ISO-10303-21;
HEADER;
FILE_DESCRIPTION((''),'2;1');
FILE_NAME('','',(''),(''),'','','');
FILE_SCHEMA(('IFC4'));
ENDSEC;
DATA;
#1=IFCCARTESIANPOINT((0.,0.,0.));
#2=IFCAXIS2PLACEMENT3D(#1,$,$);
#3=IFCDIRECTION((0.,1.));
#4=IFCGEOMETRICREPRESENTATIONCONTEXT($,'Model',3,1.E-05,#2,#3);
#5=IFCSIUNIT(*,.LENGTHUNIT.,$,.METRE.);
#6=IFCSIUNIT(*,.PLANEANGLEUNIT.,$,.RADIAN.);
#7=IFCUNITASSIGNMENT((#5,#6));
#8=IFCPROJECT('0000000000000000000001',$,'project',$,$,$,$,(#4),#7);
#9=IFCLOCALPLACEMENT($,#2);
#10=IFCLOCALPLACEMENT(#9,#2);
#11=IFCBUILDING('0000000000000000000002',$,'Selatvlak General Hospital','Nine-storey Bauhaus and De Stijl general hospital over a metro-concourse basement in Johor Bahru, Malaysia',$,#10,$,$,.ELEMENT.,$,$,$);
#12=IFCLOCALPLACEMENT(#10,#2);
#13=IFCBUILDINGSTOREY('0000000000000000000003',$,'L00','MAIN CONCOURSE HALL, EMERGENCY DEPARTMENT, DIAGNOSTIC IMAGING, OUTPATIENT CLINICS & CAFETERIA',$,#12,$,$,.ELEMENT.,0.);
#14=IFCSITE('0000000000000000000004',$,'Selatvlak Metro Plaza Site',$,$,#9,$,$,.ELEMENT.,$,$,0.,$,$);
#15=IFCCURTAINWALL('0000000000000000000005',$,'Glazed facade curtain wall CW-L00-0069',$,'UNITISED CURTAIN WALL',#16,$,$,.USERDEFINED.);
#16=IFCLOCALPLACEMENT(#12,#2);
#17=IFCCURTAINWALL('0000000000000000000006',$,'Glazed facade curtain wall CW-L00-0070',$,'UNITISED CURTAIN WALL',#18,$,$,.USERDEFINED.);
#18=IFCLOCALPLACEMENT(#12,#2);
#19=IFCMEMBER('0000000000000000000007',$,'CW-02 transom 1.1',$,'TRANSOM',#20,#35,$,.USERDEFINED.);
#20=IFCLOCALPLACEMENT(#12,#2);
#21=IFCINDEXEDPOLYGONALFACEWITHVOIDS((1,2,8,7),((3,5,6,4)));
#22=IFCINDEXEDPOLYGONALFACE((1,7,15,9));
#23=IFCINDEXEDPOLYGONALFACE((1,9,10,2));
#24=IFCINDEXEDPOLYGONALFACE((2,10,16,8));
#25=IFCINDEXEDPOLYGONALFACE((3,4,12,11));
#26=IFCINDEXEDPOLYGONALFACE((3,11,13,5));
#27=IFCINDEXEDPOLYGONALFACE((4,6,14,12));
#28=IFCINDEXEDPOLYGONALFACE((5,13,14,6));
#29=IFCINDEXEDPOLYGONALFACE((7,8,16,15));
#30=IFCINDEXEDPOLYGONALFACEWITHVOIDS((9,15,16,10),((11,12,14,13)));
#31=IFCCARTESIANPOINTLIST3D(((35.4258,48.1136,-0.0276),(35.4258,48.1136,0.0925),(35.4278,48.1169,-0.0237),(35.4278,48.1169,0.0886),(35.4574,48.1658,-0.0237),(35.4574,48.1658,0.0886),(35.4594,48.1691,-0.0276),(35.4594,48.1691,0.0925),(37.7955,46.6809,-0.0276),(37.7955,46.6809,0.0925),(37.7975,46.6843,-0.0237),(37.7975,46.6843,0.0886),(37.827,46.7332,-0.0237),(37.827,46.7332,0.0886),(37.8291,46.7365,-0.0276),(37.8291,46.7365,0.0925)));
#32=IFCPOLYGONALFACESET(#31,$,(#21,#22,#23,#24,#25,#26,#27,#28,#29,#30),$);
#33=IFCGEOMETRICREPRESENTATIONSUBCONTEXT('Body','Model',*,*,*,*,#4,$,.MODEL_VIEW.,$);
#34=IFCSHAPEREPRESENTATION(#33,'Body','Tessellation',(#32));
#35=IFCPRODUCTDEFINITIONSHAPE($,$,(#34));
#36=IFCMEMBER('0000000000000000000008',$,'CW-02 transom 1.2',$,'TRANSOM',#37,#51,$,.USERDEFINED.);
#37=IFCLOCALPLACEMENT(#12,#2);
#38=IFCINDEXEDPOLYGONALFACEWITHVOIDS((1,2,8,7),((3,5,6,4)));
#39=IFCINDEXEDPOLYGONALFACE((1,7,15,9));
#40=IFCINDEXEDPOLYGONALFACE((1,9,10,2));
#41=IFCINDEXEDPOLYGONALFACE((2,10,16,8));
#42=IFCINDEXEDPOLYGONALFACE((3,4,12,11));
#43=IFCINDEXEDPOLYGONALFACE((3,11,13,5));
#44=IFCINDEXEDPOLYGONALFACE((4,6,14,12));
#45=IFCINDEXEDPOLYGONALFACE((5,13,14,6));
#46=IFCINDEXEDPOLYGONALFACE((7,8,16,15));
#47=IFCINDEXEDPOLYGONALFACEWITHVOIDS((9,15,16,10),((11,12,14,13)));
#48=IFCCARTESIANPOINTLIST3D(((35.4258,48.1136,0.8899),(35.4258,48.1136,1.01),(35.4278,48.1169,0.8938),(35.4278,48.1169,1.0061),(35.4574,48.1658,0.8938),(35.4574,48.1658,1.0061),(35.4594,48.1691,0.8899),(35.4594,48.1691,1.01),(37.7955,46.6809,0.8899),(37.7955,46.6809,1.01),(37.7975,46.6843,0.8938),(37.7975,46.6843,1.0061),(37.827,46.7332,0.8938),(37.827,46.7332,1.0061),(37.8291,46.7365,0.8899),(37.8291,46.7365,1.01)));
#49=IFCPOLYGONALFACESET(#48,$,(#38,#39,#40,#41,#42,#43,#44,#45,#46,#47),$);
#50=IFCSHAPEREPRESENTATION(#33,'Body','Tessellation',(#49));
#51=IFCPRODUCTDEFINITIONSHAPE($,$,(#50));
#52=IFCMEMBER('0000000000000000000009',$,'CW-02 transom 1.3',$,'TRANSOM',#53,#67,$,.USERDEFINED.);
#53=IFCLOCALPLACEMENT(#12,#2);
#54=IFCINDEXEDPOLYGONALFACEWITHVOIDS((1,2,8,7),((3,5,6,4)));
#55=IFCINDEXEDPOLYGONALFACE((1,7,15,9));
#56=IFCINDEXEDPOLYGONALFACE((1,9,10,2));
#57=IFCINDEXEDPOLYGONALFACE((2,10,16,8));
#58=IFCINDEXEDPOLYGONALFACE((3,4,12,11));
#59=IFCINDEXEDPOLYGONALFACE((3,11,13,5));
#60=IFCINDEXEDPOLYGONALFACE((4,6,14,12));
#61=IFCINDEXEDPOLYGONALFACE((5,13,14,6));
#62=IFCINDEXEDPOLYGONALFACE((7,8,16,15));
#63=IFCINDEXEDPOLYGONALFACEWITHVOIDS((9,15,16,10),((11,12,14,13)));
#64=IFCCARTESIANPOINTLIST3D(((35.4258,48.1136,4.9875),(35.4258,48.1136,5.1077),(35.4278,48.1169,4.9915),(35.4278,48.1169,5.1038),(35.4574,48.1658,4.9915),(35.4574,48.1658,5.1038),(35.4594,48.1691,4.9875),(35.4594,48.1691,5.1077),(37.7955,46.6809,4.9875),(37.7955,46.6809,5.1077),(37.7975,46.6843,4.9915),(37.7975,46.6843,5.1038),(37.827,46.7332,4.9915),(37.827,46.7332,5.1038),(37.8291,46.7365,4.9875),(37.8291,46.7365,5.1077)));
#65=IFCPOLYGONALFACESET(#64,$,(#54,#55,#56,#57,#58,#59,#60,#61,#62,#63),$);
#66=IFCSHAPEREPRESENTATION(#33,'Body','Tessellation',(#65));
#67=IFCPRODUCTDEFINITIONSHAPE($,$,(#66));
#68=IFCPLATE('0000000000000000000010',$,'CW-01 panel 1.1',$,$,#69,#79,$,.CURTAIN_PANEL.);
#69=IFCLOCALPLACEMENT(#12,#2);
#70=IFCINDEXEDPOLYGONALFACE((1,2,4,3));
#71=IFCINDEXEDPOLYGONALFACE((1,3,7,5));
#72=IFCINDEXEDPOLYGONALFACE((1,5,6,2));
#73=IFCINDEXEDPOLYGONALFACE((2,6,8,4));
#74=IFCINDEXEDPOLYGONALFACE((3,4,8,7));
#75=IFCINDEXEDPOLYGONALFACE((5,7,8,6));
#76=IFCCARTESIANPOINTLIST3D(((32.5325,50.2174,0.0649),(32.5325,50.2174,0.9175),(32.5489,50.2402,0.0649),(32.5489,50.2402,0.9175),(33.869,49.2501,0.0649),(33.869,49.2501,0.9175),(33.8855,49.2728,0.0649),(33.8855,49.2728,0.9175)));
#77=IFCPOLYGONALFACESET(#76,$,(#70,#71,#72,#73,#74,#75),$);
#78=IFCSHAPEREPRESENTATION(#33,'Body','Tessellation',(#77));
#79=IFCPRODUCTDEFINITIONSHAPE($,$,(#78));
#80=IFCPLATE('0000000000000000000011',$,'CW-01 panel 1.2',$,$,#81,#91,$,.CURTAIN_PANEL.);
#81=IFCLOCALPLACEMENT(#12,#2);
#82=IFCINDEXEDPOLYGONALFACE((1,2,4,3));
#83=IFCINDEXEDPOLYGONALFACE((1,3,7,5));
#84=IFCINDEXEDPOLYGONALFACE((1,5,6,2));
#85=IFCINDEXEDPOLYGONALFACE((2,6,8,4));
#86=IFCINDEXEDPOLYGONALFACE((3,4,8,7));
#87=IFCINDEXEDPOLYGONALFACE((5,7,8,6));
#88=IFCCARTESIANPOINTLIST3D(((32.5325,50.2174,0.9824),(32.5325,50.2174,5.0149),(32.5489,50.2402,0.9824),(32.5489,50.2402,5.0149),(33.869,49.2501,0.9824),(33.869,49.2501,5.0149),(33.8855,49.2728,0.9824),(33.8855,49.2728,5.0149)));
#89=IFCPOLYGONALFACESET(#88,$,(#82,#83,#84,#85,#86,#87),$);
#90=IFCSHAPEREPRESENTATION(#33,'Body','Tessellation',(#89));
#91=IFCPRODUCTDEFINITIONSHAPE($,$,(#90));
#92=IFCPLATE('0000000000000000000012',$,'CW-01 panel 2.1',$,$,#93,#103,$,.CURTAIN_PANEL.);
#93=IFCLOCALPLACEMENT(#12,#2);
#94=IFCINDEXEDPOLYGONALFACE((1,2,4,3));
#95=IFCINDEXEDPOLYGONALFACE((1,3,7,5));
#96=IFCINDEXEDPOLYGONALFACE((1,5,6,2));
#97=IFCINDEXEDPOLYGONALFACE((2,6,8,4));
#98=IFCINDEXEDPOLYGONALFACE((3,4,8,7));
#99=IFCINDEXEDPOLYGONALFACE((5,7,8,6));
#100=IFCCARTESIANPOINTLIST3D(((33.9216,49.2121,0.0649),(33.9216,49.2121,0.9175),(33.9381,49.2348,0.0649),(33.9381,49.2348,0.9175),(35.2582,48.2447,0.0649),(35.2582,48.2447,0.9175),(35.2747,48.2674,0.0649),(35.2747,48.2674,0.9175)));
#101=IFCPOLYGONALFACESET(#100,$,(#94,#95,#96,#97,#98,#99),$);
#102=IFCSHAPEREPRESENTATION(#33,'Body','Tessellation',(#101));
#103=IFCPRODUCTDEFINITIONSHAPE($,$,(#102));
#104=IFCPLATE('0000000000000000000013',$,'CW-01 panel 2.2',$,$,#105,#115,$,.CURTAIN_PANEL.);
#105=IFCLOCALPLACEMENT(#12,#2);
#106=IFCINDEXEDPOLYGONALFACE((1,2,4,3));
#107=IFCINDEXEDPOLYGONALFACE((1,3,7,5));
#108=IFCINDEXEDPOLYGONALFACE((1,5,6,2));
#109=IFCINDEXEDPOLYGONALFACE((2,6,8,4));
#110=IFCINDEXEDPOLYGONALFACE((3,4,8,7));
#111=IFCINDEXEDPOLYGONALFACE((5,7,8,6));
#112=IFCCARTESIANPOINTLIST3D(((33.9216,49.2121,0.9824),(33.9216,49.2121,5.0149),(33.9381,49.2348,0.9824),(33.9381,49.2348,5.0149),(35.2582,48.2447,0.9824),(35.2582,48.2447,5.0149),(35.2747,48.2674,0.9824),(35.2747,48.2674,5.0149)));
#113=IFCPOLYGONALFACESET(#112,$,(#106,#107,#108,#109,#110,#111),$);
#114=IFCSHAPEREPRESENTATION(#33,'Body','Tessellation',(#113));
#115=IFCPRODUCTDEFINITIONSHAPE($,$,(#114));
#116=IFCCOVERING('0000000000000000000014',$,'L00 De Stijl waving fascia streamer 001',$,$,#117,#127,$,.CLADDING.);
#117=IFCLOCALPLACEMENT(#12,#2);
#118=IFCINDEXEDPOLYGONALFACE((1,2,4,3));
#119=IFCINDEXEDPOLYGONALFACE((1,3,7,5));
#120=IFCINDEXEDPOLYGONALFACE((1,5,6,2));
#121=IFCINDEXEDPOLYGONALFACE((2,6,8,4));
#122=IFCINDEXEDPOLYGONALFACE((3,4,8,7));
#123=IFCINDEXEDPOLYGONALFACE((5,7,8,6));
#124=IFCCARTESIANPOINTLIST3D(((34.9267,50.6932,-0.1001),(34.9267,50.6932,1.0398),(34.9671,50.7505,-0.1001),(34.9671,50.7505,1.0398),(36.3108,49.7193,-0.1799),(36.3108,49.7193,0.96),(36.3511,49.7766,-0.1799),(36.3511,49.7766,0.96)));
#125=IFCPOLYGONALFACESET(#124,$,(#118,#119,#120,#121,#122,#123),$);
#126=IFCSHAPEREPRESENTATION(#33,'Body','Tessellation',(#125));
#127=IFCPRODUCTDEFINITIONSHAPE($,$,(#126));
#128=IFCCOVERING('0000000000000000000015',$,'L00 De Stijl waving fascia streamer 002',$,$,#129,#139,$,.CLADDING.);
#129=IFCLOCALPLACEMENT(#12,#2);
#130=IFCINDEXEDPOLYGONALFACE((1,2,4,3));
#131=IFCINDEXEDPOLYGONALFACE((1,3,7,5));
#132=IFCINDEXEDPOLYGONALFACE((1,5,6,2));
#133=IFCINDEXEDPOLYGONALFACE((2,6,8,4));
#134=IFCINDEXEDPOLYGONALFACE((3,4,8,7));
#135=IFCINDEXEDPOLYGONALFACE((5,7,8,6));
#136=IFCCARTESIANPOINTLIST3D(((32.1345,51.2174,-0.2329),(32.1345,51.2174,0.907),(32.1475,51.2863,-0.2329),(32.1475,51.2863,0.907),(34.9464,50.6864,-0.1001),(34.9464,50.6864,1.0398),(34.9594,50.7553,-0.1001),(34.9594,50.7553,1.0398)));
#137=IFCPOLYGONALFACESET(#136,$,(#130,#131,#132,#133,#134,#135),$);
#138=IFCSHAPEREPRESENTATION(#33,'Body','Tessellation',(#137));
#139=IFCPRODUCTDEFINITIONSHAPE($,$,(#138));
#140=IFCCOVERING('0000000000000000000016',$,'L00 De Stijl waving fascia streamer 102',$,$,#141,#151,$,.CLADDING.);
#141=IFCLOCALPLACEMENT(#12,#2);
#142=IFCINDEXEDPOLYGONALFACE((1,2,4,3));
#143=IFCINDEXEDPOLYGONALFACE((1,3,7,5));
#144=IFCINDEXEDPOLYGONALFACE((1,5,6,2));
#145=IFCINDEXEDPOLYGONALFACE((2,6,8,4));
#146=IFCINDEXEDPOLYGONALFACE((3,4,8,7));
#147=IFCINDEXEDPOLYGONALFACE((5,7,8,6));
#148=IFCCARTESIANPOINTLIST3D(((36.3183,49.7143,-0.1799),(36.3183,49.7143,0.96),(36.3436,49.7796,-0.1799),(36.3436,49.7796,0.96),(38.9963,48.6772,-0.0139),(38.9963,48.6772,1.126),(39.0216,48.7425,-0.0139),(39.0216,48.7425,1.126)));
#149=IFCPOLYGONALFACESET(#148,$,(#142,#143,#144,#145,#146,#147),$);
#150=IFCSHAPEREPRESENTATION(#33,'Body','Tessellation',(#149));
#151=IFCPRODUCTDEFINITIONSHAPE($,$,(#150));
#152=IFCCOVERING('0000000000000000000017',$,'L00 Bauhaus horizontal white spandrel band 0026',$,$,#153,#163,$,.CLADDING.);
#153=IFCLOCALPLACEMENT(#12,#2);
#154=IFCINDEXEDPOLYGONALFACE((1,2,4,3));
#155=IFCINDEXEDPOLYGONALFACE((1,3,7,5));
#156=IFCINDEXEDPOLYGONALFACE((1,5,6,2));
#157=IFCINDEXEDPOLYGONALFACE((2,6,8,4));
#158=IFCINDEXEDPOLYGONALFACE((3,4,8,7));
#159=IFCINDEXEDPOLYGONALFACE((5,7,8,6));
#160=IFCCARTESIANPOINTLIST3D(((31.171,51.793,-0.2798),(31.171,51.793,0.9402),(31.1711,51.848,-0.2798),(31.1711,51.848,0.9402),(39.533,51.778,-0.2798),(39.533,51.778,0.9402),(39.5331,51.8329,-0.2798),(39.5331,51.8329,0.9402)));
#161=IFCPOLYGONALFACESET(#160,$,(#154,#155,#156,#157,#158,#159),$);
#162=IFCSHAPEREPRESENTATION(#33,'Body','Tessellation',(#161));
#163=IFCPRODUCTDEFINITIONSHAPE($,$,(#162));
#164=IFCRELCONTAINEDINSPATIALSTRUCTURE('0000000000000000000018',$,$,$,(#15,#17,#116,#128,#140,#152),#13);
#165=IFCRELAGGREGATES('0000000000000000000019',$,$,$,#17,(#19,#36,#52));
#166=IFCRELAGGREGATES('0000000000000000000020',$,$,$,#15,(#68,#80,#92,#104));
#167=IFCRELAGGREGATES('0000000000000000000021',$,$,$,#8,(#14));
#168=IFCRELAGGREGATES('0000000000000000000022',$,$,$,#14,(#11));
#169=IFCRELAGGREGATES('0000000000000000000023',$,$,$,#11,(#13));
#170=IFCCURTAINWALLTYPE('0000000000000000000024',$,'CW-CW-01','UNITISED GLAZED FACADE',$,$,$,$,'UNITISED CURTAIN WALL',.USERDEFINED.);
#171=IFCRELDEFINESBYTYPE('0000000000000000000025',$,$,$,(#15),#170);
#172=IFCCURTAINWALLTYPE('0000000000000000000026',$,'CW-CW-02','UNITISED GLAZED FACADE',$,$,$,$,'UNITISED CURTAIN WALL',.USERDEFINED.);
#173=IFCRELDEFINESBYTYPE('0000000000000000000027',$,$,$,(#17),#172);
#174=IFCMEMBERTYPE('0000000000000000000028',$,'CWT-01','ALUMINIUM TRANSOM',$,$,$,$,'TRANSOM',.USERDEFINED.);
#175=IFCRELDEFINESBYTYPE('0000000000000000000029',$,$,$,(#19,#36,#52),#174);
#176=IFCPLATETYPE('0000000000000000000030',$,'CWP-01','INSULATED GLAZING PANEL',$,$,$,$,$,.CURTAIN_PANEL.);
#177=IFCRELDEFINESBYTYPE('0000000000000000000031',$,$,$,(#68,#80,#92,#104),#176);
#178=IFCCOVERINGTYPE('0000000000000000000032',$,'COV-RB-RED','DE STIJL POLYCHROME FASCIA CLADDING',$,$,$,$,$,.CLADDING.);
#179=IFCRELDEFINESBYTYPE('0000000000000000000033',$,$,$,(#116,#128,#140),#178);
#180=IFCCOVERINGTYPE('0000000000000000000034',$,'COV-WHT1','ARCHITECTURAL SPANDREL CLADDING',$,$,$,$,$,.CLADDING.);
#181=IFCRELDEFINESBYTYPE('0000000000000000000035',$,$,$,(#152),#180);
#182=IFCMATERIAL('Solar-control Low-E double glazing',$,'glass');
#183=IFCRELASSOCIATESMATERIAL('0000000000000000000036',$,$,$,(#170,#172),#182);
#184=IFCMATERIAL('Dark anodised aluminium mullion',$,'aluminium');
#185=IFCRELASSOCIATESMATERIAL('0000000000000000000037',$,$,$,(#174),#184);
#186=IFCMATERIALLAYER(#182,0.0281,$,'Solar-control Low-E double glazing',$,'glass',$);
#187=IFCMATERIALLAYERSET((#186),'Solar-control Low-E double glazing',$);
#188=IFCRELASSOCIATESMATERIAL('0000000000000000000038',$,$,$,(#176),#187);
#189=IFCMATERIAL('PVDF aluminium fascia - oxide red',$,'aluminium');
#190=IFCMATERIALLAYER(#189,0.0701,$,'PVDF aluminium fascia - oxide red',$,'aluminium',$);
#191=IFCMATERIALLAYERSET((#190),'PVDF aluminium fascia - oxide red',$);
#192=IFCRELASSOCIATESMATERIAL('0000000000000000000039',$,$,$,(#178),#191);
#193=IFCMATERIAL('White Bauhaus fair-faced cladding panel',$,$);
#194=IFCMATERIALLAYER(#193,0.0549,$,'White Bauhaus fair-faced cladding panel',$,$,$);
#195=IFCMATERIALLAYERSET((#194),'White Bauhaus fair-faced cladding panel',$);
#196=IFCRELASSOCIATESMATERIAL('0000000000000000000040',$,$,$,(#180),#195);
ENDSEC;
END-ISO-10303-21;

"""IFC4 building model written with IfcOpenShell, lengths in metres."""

from ifc_helpers import new_model, si_unit, direction, frame, origin, origin_2d, place, context, subcontext, project, spatial, polyline, rectangle, hollow_rectangle, outline, extrude, material, layer, layer_set, material_profile, profile_set, type_object, element, aggregate, save


model = new_model("IFC4")

# Units and contexts
model_context = context("Model", 3, precision=1e-05, world=origin(), true_north=direction((0.0, 1.0)))
body_context = subcontext(model_context, "Body", "Model", "MODEL_VIEW")
ifc_project = project(units=[si_unit("LENGTHUNIT", "METRE"), si_unit("PLANEANGLEUNIT", "RADIAN")], contexts=[model_context])

# Site, building, storey
site_placement = place(None, origin())
site = spatial("IfcSite", under=ifc_project, at=site_placement, Name="Selatvlak Metro Plaza Site", CompositionType="ELEMENT", RefElevation=0.0)
building_placement = place(site_placement, origin())
building = spatial("IfcBuilding", under=site, at=building_placement, Name="Selatvlak General Hospital", Description="Nine-storey Bauhaus and De Stijl general hospital over a metro-concourse basement in Johor Bahru, Malaysia", CompositionType="ELEMENT")
storey_placement = place(building_placement, origin())
storey = spatial("IfcBuildingStorey", under=building, at=storey_placement, Name="L00", Description="MAIN CONCOURSE HALL, EMERGENCY DEPARTMENT, DIAGNOSTIC IMAGING, OUTPATIENT CLINICS & CAFETERIA", CompositionType="ELEMENT", Elevation=0.0)

# Curtain wall
ifc_material_1 = material(Name="Solar-control Low-E double glazing", Category="glass")
curtain_wall_type_1 = type_object("IfcCurtainWallType", Name="CW-CW-01", Description="UNITISED GLAZED FACADE", ElementType="UNITISED CURTAIN WALL", PredefinedType="USERDEFINED", material=ifc_material_1)
curtain_wall_1_placement = place(storey_placement, origin())
curtain_wall_1 = element("IfcCurtainWall", 1, at=curtain_wall_1_placement, inside=storey, type_object=curtain_wall_type_1, Name="Glazed facade curtain wall CW-L00-0069", ObjectType="UNITISED CURTAIN WALL", PredefinedType="USERDEFINED")
ifc_material_2 = material(Name="Dark anodised aluminium mullion", Category="aluminium")

# Curtain wall
curtain_wall_type_2 = type_object("IfcCurtainWallType", Name="CW-CW-02", Description="UNITISED GLAZED FACADE", ElementType="UNITISED CURTAIN WALL", PredefinedType="USERDEFINED", material=ifc_material_1)
curtain_wall_2_placement = place(storey_placement, origin())
curtain_wall_2 = element("IfcCurtainWall", 2, at=curtain_wall_2_placement, inside=storey, type_object=curtain_wall_type_2, Name="Glazed facade curtain wall CW-L00-0070", ObjectType="UNITISED CURTAIN WALL", PredefinedType="USERDEFINED")

# Members
ifc_material_profile_1 = material_profile(ifc_material_2, hollow_rectangle(XDim=0.0649, YDim=0.1201, WallThickness=0.0039, at=origin_2d()), Name="AL-TRN 65x120x4")
ifc_profile_set_1 = profile_set([ifc_material_profile_1], Name="Dark anodised aluminium mullion")
member_type_1 = type_object("IfcMemberType", Name="CWT-01", Description="ALUMINIUM TRANSOM", ElementType="TRANSOM", PredefinedType="USERDEFINED", material=ifc_profile_set_1)
member_1_placement = place(storey_placement, frame((35.4426, 48.1414, 0.0325), z_axis=(0.855761, -0.517371, 0.0), x_axis=(0.517371, 0.855761, 0.0)))
member_1 = element("IfcMember", 3, at=member_1_placement, type_object=member_type_1, Name="CW-02 transom 1.1", ObjectType="TRANSOM", PredefinedType="USERDEFINED", context=body_context, shape_type="SweptSolid", body=[
    extrude(hollow_rectangle(XDim=0.0649, YDim=0.1201, WallThickness=0.0039, at=origin_2d()), origin(), (0.0, 0.0, 1.0), 2.769),
])
member_2_placement = place(storey_placement, frame((35.4426, 48.1414, 0.95), z_axis=(0.855761, -0.517371, 0.0), x_axis=(0.517371, 0.855761, 0.0)))
member_2 = element("IfcMember", 4, at=member_2_placement, type_object=member_type_1, Name="CW-02 transom 1.2", ObjectType="TRANSOM", PredefinedType="USERDEFINED", context=body_context, shape_type="SweptSolid", body=[
    extrude(hollow_rectangle(XDim=0.0649, YDim=0.1201, WallThickness=0.0039, at=origin_2d()), origin(), (0.0, 0.0, 1.0), 2.769),
])
member_3_placement = place(storey_placement, frame((35.4426, 48.1414, 5.0476), z_axis=(0.855761, -0.517371, 0.0), x_axis=(0.517371, 0.855761, 0.0)))
member_3 = element("IfcMember", 5, at=member_3_placement, type_object=member_type_1, Name="CW-02 transom 1.3", ObjectType="TRANSOM", PredefinedType="USERDEFINED", context=body_context, shape_type="SweptSolid", body=[
    extrude(hollow_rectangle(XDim=0.0649, YDim=0.1201, WallThickness=0.0039, at=origin_2d()), origin(), (0.0, 0.0, 1.0), 2.769),
])
aggregate(curtain_wall_2, [member_1, member_2, member_3])

# Plates
ifc_layer_1 = layer(ifc_material_1, 0.0281, Name="Solar-control Low-E double glazing", Category="glass")
ifc_layer_set_1 = layer_set([ifc_layer_1], Name="Solar-control Low-E double glazing")
plate_type = type_object("IfcPlateType", Name="CWP-01", Description="INSULATED GLAZING PANEL", PredefinedType="CURTAIN_PANEL", material=ifc_layer_set_1)
plate_1_placement = place(storey_placement, frame((33.209, 49.7451, 0.0649), z_axis=(0.0, 0.0, 1.0), x_axis=(0.810083, -0.586316, 0.0)))
plate_1 = element("IfcPlate", 6, at=plate_1_placement, type_object=plate_type, Name="CW-01 panel 1.1", PredefinedType="CURTAIN_PANEL", context=body_context, shape_type="SweptSolid", body=[
    extrude(rectangle(XDim=1.6499, YDim=0.0281, at=origin_2d()), origin(), (0.0, 0.0, 1.0), 0.8525),
])
plate_2_placement = place(storey_placement, frame((33.209, 49.7451, 0.9824), z_axis=(0.0, 0.0, 1.0), x_axis=(0.810083, -0.586316, 0.0)))
plate_2 = element("IfcPlate", 7, at=plate_2_placement, type_object=plate_type, Name="CW-01 panel 1.2", PredefinedType="CURTAIN_PANEL", context=body_context, shape_type="SweptSolid", body=[
    extrude(rectangle(XDim=1.6499, YDim=0.0281, at=origin_2d()), origin(), (0.0, 0.0, 1.0), 4.0325),
])
plate_3_placement = place(storey_placement, frame((34.5981, 48.7397, 0.0649), z_axis=(0.0, 0.0, 1.0), x_axis=(0.810083, -0.586316, 0.0)))
plate_3 = element("IfcPlate", 8, at=plate_3_placement, type_object=plate_type, Name="CW-01 panel 2.1", PredefinedType="CURTAIN_PANEL", context=body_context, shape_type="SweptSolid", body=[
    extrude(rectangle(XDim=1.6499, YDim=0.0281, at=origin_2d()), origin(), (0.0, 0.0, 1.0), 0.8525),
])
plate_4_placement = place(storey_placement, frame((34.5981, 48.7397, 0.9824), z_axis=(0.0, 0.0, 1.0), x_axis=(0.810083, -0.586316, 0.0)))
plate_4 = element("IfcPlate", 9, at=plate_4_placement, type_object=plate_type, Name="CW-01 panel 2.2", PredefinedType="CURTAIN_PANEL", context=body_context, shape_type="SweptSolid", body=[
    extrude(rectangle(XDim=1.6499, YDim=0.0281, at=origin_2d()), origin(), (0.0, 0.0, 1.0), 4.0325),
])
aggregate(curtain_wall_1, [plate_1, plate_2, plate_3, plate_4])

# Coverings
ifc_material_3 = material(Name="PVDF aluminium fascia - oxide red", Category="aluminium")
ifc_layer_2 = layer(ifc_material_3, 0.0701, Name="PVDF aluminium fascia - oxide red", Category="aluminium")
ifc_layer_set_2 = layer_set([ifc_layer_2], Name="PVDF aluminium fascia - oxide red")
covering_type_1 = type_object("IfcCoveringType", Name="COV-RB-RED", Description="DE STIJL POLYCHROME FASCIA CLADDING", PredefinedType="CLADDING", material=ifc_layer_set_2)
covering_1_placement = place(storey_placement, frame((36.3311, 49.748, -0.1799), z_axis=(0.0, 0.0, 1.0), x_axis=(-0.817827, 0.575465, 0.0)))
element("IfcCovering", 10, at=covering_1_placement, inside=storey, type_object=covering_type_1, Name="L00 De Stijl waving fascia streamer 001", PredefinedType="CLADDING", context=body_context, shape_type="SweptSolid", body=[
    extrude(outline(polyline([(0.0, 0.0), (1.6924, 0.0798), (1.6924, 1.2197), (0.0, 1.1399), (0.0, 0.0)])), frame((0.0, 0.0352, 0.0), z_axis=(0.0, -1.0, 0.0), x_axis=(1.0, 0.0, 0.0)), (0.0, 0.0, 1.0), 0.0701),
])
covering_2_placement = place(storey_placement, frame((34.9529, 50.7209, -0.1001), z_axis=(0.0, 0.0, 1.0), x_axis=(-0.982631, 0.185571, 0.0)))
element("IfcCovering", 11, at=covering_2_placement, inside=storey, type_object=covering_type_1, Name="L00 De Stijl waving fascia streamer 002", PredefinedType="CLADDING", context=body_context, shape_type="SweptSolid", body=[
    extrude(outline(polyline([(0.0, 0.0), (2.8616, -0.1328), (2.8616, 1.0071), (0.0, 1.1399), (0.0, 0.0)])), frame((0.0, 0.0352, 0.0), z_axis=(0.0, -1.0, 0.0), x_axis=(1.0, 0.0, 0.0)), (0.0, 0.0, 1.0), 0.0701),
])
covering_3_placement = place(storey_placement, frame((39.009, 48.71, -0.0139), z_axis=(0.0, 0.0, 1.0), x_axis=(-0.932513, 0.361137, 0.0)))
element("IfcCovering", 12, at=covering_3_placement, inside=storey, type_object=covering_type_1, Name="L00 De Stijl waving fascia streamer 102", PredefinedType="CLADDING", context=body_context, shape_type="SweptSolid", body=[
    extrude(outline(polyline([(0.0, 0.0), (2.8718, -0.166), (2.8718, 0.9739), (0.0, 1.1399), (0.0, 0.0)])), frame((0.0, 0.0352, 0.0), z_axis=(0.0, -1.0, 0.0), x_axis=(1.0, 0.0, 0.0)), (0.0, 0.0, 1.0), 0.0701),
])
ifc_material_4 = material(Name="White Bauhaus fair-faced cladding panel")
ifc_layer_3 = layer(ifc_material_4, 0.0549, Name="White Bauhaus fair-faced cladding panel")
ifc_layer_set_3 = layer_set([ifc_layer_3], Name="White Bauhaus fair-faced cladding panel")
covering_type_2 = type_object("IfcCoveringType", Name="COV-WHT1", Description="ARCHITECTURAL SPANDREL CLADDING", PredefinedType="CLADDING", material=ifc_layer_set_3)
covering_4_placement = place(storey_placement, frame((35.3521, 51.813, -0.2798), z_axis=(0.0, 0.0, 1.0), x_axis=(-0.999998, 0.001798, 0.0)))
element("IfcCovering", 13, at=covering_4_placement, inside=storey, type_object=covering_type_2, Name="L00 Bauhaus horizontal white spandrel band 0026", PredefinedType="CLADDING", context=body_context, shape_type="SweptSolid", body=[
    extrude(rectangle(XDim=8.3621, YDim=0.0549, at=origin_2d()), origin(), (0.0, 0.0, 1.0), 1.22),
])

save(model, "model.ifc")
